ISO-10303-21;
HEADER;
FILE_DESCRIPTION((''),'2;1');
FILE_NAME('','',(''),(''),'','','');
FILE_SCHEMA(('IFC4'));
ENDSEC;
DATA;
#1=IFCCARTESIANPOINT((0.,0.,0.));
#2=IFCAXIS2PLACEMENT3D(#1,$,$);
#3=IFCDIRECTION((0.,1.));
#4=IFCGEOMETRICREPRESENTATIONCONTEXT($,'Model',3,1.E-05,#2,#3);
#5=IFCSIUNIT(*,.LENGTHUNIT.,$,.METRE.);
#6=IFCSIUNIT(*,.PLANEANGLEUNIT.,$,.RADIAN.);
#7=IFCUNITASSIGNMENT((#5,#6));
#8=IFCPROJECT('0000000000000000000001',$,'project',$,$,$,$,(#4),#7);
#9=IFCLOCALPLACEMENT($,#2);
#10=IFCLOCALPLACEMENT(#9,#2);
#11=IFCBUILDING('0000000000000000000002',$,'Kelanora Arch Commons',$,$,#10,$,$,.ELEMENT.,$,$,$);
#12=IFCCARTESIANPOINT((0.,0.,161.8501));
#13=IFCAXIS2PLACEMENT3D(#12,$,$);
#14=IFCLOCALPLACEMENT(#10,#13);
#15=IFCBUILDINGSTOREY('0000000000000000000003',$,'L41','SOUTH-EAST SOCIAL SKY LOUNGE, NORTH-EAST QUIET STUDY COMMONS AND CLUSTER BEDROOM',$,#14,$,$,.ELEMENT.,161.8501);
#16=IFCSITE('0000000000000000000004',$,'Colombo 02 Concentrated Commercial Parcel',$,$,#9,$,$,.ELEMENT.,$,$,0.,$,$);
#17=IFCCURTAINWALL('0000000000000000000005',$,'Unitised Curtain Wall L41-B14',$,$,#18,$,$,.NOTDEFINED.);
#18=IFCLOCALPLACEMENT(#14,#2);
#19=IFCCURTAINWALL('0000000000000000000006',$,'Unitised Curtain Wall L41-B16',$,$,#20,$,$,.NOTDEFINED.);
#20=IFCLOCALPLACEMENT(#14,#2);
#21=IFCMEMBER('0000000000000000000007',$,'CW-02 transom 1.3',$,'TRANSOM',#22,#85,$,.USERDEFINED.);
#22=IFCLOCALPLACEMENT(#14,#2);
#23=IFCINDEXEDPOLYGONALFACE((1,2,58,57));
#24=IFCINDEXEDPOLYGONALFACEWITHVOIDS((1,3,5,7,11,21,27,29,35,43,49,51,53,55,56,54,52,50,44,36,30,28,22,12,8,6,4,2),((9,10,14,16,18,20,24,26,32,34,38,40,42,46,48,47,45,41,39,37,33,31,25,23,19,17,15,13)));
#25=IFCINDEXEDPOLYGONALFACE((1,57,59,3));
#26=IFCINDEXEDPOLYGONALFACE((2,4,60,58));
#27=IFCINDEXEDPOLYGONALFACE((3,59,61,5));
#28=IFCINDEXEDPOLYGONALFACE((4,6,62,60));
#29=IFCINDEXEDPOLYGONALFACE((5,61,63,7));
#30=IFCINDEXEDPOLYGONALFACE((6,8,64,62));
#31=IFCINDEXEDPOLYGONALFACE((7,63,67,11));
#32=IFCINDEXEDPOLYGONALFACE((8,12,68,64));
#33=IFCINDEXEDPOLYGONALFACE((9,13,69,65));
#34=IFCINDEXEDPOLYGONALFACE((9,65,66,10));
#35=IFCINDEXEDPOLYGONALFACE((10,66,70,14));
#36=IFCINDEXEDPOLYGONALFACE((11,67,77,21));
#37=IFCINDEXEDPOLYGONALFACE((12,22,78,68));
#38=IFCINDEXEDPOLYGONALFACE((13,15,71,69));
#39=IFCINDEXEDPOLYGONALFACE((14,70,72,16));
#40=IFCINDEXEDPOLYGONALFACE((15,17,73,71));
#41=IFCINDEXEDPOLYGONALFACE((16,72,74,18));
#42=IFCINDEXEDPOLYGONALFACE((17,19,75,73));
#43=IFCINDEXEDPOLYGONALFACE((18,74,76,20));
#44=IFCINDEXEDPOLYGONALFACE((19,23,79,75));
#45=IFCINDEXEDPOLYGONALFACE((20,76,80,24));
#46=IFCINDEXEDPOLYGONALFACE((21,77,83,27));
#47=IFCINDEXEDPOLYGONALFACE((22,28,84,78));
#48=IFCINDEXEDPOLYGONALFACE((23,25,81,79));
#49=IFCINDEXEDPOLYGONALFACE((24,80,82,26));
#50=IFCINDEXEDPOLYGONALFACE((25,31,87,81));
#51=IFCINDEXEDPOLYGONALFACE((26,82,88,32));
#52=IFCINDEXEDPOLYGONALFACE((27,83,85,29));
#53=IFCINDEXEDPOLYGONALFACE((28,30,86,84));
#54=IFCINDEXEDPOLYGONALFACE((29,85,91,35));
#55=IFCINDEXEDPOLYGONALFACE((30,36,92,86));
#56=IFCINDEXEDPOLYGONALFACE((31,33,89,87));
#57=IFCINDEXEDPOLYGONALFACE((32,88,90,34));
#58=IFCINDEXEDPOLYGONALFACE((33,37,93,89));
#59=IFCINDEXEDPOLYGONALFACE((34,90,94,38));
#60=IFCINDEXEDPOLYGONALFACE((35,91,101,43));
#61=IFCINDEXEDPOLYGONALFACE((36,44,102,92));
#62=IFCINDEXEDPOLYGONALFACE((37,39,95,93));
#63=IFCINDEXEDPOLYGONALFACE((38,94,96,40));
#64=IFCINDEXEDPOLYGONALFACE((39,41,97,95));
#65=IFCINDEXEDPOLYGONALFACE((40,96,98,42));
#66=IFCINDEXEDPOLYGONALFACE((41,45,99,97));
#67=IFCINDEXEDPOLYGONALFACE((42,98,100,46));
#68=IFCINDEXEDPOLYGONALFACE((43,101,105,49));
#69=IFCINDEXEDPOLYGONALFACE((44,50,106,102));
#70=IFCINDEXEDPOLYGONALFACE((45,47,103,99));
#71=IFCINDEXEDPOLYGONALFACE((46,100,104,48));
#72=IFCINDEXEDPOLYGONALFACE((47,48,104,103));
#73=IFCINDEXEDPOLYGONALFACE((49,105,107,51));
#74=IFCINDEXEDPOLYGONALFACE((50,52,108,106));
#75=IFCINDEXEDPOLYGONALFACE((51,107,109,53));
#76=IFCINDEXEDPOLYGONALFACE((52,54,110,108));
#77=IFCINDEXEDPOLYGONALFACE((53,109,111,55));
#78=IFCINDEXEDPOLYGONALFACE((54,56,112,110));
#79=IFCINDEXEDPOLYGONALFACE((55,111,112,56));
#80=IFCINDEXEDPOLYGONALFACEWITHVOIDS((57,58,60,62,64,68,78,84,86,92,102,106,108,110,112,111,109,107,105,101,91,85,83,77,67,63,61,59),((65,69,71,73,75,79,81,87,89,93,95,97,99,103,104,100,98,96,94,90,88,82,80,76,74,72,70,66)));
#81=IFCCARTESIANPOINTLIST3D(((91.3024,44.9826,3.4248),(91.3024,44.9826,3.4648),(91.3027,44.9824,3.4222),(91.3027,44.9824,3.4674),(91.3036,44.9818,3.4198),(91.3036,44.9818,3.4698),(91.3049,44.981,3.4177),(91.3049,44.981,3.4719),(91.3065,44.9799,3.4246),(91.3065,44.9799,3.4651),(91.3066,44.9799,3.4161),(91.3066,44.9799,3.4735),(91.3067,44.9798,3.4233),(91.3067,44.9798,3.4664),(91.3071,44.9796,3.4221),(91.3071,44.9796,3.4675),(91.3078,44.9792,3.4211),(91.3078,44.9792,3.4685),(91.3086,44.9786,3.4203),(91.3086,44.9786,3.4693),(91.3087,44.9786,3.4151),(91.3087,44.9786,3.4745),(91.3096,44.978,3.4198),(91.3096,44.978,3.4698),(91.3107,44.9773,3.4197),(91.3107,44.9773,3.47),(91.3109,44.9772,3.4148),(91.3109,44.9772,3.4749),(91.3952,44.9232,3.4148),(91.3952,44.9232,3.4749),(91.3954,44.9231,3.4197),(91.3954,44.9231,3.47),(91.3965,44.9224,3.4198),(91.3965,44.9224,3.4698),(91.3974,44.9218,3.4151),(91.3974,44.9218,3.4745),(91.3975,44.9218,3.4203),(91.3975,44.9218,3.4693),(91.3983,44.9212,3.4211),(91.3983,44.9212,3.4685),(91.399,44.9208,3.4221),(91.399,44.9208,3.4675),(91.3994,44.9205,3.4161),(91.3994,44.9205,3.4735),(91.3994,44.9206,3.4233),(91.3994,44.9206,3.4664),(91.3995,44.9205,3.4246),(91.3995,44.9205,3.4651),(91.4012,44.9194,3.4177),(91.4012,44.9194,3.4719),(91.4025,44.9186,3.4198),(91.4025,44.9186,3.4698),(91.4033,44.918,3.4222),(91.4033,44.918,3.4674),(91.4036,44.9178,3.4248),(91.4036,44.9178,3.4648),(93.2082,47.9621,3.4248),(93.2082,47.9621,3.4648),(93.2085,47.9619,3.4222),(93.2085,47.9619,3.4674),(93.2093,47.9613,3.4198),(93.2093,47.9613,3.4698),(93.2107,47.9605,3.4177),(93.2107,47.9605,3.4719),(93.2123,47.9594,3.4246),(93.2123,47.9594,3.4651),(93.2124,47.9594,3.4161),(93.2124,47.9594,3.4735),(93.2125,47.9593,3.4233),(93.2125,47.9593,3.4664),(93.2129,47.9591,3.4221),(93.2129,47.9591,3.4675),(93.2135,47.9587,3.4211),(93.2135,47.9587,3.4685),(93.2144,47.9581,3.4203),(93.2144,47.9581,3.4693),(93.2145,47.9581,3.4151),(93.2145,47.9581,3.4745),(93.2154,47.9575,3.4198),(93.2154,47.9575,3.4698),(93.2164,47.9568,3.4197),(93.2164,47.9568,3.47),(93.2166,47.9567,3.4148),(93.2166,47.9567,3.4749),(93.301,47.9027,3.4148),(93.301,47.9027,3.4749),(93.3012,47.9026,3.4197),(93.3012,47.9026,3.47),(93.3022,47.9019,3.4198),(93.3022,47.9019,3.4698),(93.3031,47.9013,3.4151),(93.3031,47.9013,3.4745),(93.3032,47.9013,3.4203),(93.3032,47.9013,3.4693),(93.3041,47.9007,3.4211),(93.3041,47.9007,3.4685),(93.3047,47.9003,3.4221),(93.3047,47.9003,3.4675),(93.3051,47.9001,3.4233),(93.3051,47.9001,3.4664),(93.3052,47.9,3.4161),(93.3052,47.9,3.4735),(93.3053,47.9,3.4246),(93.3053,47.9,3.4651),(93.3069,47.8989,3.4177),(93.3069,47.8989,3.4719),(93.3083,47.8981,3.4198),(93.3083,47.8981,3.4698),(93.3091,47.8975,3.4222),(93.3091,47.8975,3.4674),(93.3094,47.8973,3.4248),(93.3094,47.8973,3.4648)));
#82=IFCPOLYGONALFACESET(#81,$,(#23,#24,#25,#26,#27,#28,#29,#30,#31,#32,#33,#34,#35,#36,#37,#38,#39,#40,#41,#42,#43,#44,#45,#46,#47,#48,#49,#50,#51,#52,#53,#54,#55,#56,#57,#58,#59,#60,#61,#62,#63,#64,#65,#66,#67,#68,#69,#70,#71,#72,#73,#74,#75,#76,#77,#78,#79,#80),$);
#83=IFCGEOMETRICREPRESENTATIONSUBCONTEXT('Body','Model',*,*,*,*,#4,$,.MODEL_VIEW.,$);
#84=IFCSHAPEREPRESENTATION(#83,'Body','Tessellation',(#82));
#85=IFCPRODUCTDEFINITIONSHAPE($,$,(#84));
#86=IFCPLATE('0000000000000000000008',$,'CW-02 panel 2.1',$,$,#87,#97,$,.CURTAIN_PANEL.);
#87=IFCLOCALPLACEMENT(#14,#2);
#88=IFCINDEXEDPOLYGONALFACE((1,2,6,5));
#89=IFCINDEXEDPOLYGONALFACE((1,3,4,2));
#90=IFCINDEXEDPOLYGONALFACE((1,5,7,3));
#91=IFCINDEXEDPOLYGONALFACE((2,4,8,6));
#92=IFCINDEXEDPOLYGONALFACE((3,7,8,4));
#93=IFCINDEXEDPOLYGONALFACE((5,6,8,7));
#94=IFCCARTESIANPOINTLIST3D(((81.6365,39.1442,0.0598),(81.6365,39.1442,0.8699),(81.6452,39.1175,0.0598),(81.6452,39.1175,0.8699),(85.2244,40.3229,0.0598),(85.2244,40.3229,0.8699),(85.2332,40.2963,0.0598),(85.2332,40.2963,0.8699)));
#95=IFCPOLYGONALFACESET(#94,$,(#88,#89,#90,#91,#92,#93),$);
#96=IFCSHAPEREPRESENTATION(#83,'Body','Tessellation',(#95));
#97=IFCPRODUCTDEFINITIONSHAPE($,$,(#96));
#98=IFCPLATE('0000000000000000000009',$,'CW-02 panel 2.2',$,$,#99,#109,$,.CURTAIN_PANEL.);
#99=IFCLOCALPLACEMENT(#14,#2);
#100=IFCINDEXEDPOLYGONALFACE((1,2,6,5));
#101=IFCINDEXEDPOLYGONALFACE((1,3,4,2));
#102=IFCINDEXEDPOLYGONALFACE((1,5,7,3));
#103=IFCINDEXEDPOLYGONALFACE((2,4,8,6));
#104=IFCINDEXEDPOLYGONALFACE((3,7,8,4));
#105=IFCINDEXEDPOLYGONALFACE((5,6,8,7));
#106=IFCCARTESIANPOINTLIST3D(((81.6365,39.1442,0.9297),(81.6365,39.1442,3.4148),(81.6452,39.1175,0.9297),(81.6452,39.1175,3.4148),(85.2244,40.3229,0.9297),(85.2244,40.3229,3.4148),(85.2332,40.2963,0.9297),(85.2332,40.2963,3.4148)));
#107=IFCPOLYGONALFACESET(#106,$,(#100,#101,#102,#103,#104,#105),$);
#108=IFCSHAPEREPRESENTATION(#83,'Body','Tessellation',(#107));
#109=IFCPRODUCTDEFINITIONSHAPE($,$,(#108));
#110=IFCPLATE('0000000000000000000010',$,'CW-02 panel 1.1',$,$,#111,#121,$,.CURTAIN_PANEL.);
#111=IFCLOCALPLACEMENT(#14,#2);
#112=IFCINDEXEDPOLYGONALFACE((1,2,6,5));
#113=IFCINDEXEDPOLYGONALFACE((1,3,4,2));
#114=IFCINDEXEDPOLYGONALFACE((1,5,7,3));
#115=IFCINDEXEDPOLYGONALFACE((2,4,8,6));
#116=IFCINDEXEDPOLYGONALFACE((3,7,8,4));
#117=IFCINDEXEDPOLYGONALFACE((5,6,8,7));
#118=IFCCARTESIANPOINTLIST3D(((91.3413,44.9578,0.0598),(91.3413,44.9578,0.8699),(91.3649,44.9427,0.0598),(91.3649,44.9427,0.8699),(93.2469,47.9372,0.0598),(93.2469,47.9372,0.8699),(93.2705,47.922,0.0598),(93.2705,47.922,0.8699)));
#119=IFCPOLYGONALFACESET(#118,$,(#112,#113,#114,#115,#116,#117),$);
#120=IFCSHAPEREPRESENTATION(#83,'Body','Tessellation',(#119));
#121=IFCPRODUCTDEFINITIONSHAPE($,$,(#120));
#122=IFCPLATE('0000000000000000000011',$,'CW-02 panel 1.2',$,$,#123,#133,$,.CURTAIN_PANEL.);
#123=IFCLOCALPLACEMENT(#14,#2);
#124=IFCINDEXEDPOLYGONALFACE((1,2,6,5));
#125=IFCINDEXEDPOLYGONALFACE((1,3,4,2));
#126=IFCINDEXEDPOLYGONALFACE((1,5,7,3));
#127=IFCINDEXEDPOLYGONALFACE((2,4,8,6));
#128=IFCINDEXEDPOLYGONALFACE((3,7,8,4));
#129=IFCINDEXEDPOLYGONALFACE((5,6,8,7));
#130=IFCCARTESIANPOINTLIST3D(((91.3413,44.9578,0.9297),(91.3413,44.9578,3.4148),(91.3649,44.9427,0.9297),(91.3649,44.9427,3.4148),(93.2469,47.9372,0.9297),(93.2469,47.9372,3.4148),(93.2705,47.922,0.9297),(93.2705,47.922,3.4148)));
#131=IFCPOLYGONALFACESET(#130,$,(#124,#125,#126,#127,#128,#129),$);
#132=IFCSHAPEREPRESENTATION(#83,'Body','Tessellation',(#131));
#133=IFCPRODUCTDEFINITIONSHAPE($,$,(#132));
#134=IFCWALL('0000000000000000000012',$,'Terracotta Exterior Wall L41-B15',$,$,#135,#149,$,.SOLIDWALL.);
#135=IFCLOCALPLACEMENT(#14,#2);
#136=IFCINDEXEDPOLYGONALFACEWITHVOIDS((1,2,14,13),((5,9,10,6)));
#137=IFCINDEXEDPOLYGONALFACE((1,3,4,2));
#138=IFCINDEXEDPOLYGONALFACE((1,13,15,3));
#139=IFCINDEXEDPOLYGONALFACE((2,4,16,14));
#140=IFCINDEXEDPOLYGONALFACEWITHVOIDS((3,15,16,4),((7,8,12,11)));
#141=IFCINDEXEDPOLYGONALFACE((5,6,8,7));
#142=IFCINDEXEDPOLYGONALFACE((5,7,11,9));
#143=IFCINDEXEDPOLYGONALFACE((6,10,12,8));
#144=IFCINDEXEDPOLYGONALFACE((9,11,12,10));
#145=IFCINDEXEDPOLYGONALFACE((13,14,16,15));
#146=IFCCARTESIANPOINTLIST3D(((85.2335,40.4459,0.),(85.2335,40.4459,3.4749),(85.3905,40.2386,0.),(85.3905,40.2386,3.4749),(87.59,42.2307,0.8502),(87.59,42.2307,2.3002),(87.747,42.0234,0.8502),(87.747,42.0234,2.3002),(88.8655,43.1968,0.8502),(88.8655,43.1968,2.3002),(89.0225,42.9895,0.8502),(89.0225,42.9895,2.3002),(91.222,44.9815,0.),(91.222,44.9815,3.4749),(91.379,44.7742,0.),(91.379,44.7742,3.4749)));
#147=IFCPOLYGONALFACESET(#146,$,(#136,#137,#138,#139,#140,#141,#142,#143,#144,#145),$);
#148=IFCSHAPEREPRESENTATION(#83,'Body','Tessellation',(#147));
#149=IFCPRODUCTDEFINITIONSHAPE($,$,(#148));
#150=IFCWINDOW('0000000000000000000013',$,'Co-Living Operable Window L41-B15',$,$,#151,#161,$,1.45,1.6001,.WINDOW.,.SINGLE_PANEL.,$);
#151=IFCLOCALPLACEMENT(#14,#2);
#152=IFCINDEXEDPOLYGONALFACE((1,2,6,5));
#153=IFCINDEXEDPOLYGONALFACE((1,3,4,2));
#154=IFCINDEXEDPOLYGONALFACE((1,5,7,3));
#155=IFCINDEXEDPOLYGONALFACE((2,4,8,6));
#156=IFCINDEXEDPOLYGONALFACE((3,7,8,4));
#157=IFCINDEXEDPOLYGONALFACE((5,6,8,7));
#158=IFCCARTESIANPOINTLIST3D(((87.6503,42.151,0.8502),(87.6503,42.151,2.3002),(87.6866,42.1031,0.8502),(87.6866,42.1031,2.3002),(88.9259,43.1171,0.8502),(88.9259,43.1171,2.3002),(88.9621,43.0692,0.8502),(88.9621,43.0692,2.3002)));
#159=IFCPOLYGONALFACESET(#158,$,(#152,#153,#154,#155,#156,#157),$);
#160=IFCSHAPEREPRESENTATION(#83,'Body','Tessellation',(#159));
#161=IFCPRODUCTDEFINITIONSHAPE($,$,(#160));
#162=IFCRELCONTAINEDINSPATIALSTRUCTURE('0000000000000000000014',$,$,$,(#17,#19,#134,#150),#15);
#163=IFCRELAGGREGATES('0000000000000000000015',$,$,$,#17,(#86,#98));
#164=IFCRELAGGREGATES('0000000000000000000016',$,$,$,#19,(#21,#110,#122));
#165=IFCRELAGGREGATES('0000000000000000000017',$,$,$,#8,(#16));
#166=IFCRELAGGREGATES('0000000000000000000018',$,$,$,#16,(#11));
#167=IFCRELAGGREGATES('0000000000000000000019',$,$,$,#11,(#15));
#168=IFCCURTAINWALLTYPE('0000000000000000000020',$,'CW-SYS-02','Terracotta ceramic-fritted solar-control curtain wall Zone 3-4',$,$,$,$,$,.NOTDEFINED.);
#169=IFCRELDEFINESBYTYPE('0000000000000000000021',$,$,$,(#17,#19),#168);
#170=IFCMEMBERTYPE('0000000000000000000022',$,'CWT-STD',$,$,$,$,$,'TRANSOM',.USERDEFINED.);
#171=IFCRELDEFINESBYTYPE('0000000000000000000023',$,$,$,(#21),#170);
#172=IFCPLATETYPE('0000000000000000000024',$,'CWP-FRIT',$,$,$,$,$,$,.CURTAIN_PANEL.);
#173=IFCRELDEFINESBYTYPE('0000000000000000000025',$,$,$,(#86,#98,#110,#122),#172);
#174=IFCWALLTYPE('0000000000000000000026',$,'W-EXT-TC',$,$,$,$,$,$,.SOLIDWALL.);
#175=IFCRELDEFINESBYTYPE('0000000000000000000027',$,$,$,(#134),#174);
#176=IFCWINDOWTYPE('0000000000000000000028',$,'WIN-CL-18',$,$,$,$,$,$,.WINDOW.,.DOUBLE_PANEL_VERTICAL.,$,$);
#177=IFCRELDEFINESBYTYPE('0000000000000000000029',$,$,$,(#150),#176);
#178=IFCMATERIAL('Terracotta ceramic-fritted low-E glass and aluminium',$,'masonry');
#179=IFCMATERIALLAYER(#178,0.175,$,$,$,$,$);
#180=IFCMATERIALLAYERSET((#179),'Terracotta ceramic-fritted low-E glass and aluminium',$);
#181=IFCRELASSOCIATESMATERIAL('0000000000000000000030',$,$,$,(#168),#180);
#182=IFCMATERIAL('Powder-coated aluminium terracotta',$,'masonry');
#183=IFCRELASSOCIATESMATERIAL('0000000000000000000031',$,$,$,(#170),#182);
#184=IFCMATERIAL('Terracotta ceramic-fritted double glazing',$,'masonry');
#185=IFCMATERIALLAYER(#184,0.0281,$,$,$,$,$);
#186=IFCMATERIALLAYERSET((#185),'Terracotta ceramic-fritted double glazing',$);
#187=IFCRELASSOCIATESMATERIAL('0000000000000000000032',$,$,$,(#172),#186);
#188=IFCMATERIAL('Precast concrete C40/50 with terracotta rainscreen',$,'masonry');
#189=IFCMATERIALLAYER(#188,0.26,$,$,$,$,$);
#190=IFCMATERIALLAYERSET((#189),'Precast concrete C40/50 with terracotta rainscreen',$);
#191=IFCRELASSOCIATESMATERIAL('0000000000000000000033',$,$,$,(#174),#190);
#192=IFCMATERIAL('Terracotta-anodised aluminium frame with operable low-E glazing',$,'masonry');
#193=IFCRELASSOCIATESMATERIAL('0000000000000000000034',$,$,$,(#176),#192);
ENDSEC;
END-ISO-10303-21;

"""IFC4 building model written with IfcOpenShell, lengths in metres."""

from ifc_helpers import new_model, si_unit, direction, frame, frame_2d, origin, origin_2d, place, context, subcontext, project, spatial, rectangle, hollow_rectangle, extrude, source, transform, mapped, material, layer, layer_set, material_profile, profile_set, type_object, element, fill, aggregate, save


model = new_model("IFC4")

# Units and contexts
model_context = context("Model", 3, precision=1e-05, world=origin(), true_north=direction((0.0, 1.0)))
body_context = subcontext(model_context, "Body", "Model", "MODEL_VIEW")
ifc_project = project(units=[si_unit("LENGTHUNIT", "METRE"), si_unit("PLANEANGLEUNIT", "RADIAN")], contexts=[model_context])

# Site, building, storey
site_placement = place(None, origin())
site = spatial("IfcSite", under=ifc_project, at=site_placement, Name="Colombo 02 Concentrated Commercial Parcel", CompositionType="ELEMENT", RefElevation=0.0)
building_placement = place(site_placement, origin())
building = spatial("IfcBuilding", under=site, at=building_placement, Name="Kelanora Arch Commons", CompositionType="ELEMENT")
storey_placement = place(building_placement, frame((0.0, 0.0, 161.8501)))
storey = spatial("IfcBuildingStorey", under=building, at=storey_placement, Name="L41", Description="SOUTH-EAST SOCIAL SKY LOUNGE, NORTH-EAST QUIET STUDY COMMONS AND CLUSTER BEDROOM", CompositionType="ELEMENT", Elevation=161.8501)

# Curtain wall
ifc_material_1 = material(Name="Terracotta ceramic-fritted low-E glass and aluminium", Category="masonry")
ifc_layer_1 = layer(ifc_material_1, 0.175)
ifc_layer_set_1 = layer_set([ifc_layer_1], Name="Terracotta ceramic-fritted low-E glass and aluminium")
curtain_wall_type = type_object("IfcCurtainWallType", Name="CW-SYS-02", Description="Terracotta ceramic-fritted solar-control curtain wall Zone 3-4", PredefinedType="NOTDEFINED", material=ifc_layer_set_1)
curtain_wall_1_placement = place(storey_placement, origin())
curtain_wall_1 = element("IfcCurtainWall", 1, at=curtain_wall_1_placement, inside=storey, type_object=curtain_wall_type, Name="Unitised Curtain Wall L41-B14", PredefinedType="NOTDEFINED")
ifc_material_2 = material(Name="Powder-coated aluminium terracotta", Category="masonry")

# Curtain wall, member
curtain_wall_2_placement = place(storey_placement, origin())
curtain_wall_2 = element("IfcCurtainWall", 2, at=curtain_wall_2_placement, inside=storey, type_object=curtain_wall_type, Name="Unitised Curtain Wall L41-B16", PredefinedType="NOTDEFINED")
ifc_material_profile_1 = material_profile(ifc_material_2, hollow_rectangle(XDim=0.1201, YDim=0.0601, WallThickness=0.0049, InnerFilletRadius=0.0049, OuterFilletRadius=0.01, at=origin_2d()), Name="CWT120x60")
ifc_profile_set_1 = profile_set([ifc_material_profile_1], Name="Powder-coated aluminium terracotta")
member_type_1 = type_object("IfcMemberType", Name="CWT-STD", ElementType="TRANSOM", PredefinedType="USERDEFINED", material=ifc_profile_set_1)
member_1_placement = place(storey_placement, frame((91.353, 44.9502, 3.4448), z_axis=(0.53883, 0.842414, 0.0), x_axis=(-0.842414, 0.53883, 0.0)))
member_1 = element("IfcMember", 3, at=member_1_placement, type_object=member_type_1, Name="CW-02 transom 1.3", ObjectType="TRANSOM", PredefinedType="USERDEFINED", context=body_context, shape_type="SweptSolid", body=[
    extrude(hollow_rectangle(XDim=0.1201, YDim=0.0601, WallThickness=0.0049, InnerFilletRadius=0.0049, OuterFilletRadius=0.01, at=origin_2d()), origin(), (0.0, 0.0, 1.0), 3.5369),
])

# Plates
ifc_material_3 = material(Name="Terracotta ceramic-fritted double glazing", Category="masonry")
ifc_layer_2 = layer(ifc_material_3, 0.0281)
ifc_layer_set_2 = layer_set([ifc_layer_2], Name="Terracotta ceramic-fritted double glazing")
plate_type = type_object("IfcPlateType", Name="CWP-FRIT", PredefinedType="CURTAIN_PANEL", material=ifc_layer_set_2)
shared_shape_1 = source(origin(), body_context, "Body", "SweptSolid", [
    extrude(rectangle(XDim=3.7766, YDim=0.0281, at=origin_2d()), origin(), (0.0, 0.0, 1.0), 0.8101),
])
plate_1_placement = place(storey_placement, frame((83.4348, 39.7202, 0.0598), z_axis=(0.0, 0.0, 1.0), x_axis=(0.95004, 0.312128, 0.0)))
plate_1 = element("IfcPlate", 4, at=plate_1_placement, type_object=plate_type, Name="CW-02 panel 2.1", PredefinedType="CURTAIN_PANEL", context=body_context, shape_type="MappedRepresentation", body=[
    mapped(shared_shape_1, transform((0.0, 0.0, 0.0), scale=1.0)),
])
shared_shape_2 = source(origin(), body_context, "Body", "SweptSolid", [
    extrude(rectangle(XDim=3.7766, YDim=0.0281, at=origin_2d()), origin(), (0.0, 0.0, 1.0), 2.4851),
])
plate_2_placement = place(storey_placement, frame((83.4348, 39.7202, 0.9297), z_axis=(0.0, 0.0, 1.0), x_axis=(0.95004, 0.312128, 0.0)))
plate_2 = element("IfcPlate", 5, at=plate_2_placement, type_object=plate_type, Name="CW-02 panel 2.2", PredefinedType="CURTAIN_PANEL", context=body_context, shape_type="MappedRepresentation", body=[
    mapped(shared_shape_2, transform((0.0, 0.0, 0.0), scale=1.0)),
])
aggregate(curtain_wall_1, [plate_1, plate_2])
shared_shape_3 = source(origin(), body_context, "Body", "SweptSolid", [
    extrude(rectangle(XDim=3.5366, YDim=0.0281, at=origin_2d()), origin(), (0.0, 0.0, 1.0), 0.8101),
])
plate_3_placement = place(storey_placement, frame((92.3059, 46.4399, 0.0598), z_axis=(0.0, 0.0, 1.0), x_axis=(0.538817, 0.842423, 0.0)))
plate_3 = element("IfcPlate", 6, at=plate_3_placement, type_object=plate_type, Name="CW-02 panel 1.1", PredefinedType="CURTAIN_PANEL", context=body_context, shape_type="MappedRepresentation", body=[
    mapped(shared_shape_3, transform((0.0, 0.0, 0.0), scale=1.0)),
])
shared_shape_4 = source(origin(), body_context, "Body", "SweptSolid", [
    extrude(rectangle(XDim=3.5366, YDim=0.0281, at=origin_2d()), origin(), (0.0, 0.0, 1.0), 2.4851),
])
plate_4_placement = place(storey_placement, frame((92.3059, 46.4399, 0.9297), z_axis=(0.0, 0.0, 1.0), x_axis=(0.538817, 0.842423, 0.0)))
plate_4 = element("IfcPlate", 7, at=plate_4_placement, type_object=plate_type, Name="CW-02 panel 1.2", PredefinedType="CURTAIN_PANEL", context=body_context, shape_type="MappedRepresentation", body=[
    mapped(shared_shape_4, transform((0.0, 0.0, 0.0), scale=1.0)),
])
aggregate(curtain_wall_2, [member_1, plate_3, plate_4])

# Wall, opening, window
ifc_material_4 = material(Name="Precast concrete C40/50 with terracotta rainscreen", Category="masonry")
ifc_layer_3 = layer(ifc_material_4, 0.26)
ifc_layer_set_3 = layer_set([ifc_layer_3], Name="Precast concrete C40/50 with terracotta rainscreen")
wall_type = type_object("IfcWallType", Name="W-EXT-TC", PredefinedType="SOLIDWALL", material=ifc_layer_set_3)
wall_placement = place(storey_placement, frame((85.312, 40.3423, 0.0), z_axis=(0.0, 0.0, 1.0), x_axis=(0.797164, 0.603763, 0.0)))
wall = element("IfcWall", 8, at=wall_placement, inside=storey, type_object=wall_type, Name="Terracotta Exterior Wall L41-B15", PredefinedType="SOLIDWALL", context=body_context, shape_type="SweptSolid", body=[
    extrude(rectangle(XDim=7.5122, YDim=0.26, at=frame_2d((3.7561, 0.0))), origin(), (0.0, 0.0, 1.0), 3.4749),
])
opening_placement = place(wall_placement, frame((2.9561, 0.0, 0.8501)))
opening = element("IfcOpeningElement", 9, at=opening_placement, cuts=wall, PredefinedType="OPENING", context=body_context, shape_type="SweptSolid", body=[
    extrude(rectangle(XDim=1.6001, YDim=1.45, at=frame_2d((0.8, 0.7251))), frame((0.0, 0.1401, 0.0), z_axis=(0.0, -1.0, 0.0), x_axis=(1.0, 0.0, 0.0)), (0.0, 0.0, 1.0), 0.28),
])
ifc_material_5 = material(Name="Terracotta-anodised aluminium frame with operable low-E glazing", Category="masonry")
window_type = type_object("IfcWindowType", Name="WIN-CL-18", PartitioningType="DOUBLE_PANEL_VERTICAL", PredefinedType="WINDOW", material=ifc_material_5)
window_placement = place(opening_placement, origin())
window = element("IfcWindow", 10, at=window_placement, inside=storey, type_object=window_type, Name="Co-Living Operable Window L41-B15", OverallHeight=1.45, OverallWidth=1.6001, PartitioningType="SINGLE_PANEL", PredefinedType="WINDOW", context=body_context, shape_type="SweptSolid", body=[
    extrude(rectangle(XDim=1.6001, YDim=1.45, at=frame_2d((0.8, 0.7251))), frame((0.0, 0.03, 0.0), z_axis=(0.0, -1.0, 0.0), x_axis=(1.0, 0.0, 0.0)), (0.0, 0.0, 1.0), 0.0601),
])
fill(opening, window)

save(model, "model.ifc")
